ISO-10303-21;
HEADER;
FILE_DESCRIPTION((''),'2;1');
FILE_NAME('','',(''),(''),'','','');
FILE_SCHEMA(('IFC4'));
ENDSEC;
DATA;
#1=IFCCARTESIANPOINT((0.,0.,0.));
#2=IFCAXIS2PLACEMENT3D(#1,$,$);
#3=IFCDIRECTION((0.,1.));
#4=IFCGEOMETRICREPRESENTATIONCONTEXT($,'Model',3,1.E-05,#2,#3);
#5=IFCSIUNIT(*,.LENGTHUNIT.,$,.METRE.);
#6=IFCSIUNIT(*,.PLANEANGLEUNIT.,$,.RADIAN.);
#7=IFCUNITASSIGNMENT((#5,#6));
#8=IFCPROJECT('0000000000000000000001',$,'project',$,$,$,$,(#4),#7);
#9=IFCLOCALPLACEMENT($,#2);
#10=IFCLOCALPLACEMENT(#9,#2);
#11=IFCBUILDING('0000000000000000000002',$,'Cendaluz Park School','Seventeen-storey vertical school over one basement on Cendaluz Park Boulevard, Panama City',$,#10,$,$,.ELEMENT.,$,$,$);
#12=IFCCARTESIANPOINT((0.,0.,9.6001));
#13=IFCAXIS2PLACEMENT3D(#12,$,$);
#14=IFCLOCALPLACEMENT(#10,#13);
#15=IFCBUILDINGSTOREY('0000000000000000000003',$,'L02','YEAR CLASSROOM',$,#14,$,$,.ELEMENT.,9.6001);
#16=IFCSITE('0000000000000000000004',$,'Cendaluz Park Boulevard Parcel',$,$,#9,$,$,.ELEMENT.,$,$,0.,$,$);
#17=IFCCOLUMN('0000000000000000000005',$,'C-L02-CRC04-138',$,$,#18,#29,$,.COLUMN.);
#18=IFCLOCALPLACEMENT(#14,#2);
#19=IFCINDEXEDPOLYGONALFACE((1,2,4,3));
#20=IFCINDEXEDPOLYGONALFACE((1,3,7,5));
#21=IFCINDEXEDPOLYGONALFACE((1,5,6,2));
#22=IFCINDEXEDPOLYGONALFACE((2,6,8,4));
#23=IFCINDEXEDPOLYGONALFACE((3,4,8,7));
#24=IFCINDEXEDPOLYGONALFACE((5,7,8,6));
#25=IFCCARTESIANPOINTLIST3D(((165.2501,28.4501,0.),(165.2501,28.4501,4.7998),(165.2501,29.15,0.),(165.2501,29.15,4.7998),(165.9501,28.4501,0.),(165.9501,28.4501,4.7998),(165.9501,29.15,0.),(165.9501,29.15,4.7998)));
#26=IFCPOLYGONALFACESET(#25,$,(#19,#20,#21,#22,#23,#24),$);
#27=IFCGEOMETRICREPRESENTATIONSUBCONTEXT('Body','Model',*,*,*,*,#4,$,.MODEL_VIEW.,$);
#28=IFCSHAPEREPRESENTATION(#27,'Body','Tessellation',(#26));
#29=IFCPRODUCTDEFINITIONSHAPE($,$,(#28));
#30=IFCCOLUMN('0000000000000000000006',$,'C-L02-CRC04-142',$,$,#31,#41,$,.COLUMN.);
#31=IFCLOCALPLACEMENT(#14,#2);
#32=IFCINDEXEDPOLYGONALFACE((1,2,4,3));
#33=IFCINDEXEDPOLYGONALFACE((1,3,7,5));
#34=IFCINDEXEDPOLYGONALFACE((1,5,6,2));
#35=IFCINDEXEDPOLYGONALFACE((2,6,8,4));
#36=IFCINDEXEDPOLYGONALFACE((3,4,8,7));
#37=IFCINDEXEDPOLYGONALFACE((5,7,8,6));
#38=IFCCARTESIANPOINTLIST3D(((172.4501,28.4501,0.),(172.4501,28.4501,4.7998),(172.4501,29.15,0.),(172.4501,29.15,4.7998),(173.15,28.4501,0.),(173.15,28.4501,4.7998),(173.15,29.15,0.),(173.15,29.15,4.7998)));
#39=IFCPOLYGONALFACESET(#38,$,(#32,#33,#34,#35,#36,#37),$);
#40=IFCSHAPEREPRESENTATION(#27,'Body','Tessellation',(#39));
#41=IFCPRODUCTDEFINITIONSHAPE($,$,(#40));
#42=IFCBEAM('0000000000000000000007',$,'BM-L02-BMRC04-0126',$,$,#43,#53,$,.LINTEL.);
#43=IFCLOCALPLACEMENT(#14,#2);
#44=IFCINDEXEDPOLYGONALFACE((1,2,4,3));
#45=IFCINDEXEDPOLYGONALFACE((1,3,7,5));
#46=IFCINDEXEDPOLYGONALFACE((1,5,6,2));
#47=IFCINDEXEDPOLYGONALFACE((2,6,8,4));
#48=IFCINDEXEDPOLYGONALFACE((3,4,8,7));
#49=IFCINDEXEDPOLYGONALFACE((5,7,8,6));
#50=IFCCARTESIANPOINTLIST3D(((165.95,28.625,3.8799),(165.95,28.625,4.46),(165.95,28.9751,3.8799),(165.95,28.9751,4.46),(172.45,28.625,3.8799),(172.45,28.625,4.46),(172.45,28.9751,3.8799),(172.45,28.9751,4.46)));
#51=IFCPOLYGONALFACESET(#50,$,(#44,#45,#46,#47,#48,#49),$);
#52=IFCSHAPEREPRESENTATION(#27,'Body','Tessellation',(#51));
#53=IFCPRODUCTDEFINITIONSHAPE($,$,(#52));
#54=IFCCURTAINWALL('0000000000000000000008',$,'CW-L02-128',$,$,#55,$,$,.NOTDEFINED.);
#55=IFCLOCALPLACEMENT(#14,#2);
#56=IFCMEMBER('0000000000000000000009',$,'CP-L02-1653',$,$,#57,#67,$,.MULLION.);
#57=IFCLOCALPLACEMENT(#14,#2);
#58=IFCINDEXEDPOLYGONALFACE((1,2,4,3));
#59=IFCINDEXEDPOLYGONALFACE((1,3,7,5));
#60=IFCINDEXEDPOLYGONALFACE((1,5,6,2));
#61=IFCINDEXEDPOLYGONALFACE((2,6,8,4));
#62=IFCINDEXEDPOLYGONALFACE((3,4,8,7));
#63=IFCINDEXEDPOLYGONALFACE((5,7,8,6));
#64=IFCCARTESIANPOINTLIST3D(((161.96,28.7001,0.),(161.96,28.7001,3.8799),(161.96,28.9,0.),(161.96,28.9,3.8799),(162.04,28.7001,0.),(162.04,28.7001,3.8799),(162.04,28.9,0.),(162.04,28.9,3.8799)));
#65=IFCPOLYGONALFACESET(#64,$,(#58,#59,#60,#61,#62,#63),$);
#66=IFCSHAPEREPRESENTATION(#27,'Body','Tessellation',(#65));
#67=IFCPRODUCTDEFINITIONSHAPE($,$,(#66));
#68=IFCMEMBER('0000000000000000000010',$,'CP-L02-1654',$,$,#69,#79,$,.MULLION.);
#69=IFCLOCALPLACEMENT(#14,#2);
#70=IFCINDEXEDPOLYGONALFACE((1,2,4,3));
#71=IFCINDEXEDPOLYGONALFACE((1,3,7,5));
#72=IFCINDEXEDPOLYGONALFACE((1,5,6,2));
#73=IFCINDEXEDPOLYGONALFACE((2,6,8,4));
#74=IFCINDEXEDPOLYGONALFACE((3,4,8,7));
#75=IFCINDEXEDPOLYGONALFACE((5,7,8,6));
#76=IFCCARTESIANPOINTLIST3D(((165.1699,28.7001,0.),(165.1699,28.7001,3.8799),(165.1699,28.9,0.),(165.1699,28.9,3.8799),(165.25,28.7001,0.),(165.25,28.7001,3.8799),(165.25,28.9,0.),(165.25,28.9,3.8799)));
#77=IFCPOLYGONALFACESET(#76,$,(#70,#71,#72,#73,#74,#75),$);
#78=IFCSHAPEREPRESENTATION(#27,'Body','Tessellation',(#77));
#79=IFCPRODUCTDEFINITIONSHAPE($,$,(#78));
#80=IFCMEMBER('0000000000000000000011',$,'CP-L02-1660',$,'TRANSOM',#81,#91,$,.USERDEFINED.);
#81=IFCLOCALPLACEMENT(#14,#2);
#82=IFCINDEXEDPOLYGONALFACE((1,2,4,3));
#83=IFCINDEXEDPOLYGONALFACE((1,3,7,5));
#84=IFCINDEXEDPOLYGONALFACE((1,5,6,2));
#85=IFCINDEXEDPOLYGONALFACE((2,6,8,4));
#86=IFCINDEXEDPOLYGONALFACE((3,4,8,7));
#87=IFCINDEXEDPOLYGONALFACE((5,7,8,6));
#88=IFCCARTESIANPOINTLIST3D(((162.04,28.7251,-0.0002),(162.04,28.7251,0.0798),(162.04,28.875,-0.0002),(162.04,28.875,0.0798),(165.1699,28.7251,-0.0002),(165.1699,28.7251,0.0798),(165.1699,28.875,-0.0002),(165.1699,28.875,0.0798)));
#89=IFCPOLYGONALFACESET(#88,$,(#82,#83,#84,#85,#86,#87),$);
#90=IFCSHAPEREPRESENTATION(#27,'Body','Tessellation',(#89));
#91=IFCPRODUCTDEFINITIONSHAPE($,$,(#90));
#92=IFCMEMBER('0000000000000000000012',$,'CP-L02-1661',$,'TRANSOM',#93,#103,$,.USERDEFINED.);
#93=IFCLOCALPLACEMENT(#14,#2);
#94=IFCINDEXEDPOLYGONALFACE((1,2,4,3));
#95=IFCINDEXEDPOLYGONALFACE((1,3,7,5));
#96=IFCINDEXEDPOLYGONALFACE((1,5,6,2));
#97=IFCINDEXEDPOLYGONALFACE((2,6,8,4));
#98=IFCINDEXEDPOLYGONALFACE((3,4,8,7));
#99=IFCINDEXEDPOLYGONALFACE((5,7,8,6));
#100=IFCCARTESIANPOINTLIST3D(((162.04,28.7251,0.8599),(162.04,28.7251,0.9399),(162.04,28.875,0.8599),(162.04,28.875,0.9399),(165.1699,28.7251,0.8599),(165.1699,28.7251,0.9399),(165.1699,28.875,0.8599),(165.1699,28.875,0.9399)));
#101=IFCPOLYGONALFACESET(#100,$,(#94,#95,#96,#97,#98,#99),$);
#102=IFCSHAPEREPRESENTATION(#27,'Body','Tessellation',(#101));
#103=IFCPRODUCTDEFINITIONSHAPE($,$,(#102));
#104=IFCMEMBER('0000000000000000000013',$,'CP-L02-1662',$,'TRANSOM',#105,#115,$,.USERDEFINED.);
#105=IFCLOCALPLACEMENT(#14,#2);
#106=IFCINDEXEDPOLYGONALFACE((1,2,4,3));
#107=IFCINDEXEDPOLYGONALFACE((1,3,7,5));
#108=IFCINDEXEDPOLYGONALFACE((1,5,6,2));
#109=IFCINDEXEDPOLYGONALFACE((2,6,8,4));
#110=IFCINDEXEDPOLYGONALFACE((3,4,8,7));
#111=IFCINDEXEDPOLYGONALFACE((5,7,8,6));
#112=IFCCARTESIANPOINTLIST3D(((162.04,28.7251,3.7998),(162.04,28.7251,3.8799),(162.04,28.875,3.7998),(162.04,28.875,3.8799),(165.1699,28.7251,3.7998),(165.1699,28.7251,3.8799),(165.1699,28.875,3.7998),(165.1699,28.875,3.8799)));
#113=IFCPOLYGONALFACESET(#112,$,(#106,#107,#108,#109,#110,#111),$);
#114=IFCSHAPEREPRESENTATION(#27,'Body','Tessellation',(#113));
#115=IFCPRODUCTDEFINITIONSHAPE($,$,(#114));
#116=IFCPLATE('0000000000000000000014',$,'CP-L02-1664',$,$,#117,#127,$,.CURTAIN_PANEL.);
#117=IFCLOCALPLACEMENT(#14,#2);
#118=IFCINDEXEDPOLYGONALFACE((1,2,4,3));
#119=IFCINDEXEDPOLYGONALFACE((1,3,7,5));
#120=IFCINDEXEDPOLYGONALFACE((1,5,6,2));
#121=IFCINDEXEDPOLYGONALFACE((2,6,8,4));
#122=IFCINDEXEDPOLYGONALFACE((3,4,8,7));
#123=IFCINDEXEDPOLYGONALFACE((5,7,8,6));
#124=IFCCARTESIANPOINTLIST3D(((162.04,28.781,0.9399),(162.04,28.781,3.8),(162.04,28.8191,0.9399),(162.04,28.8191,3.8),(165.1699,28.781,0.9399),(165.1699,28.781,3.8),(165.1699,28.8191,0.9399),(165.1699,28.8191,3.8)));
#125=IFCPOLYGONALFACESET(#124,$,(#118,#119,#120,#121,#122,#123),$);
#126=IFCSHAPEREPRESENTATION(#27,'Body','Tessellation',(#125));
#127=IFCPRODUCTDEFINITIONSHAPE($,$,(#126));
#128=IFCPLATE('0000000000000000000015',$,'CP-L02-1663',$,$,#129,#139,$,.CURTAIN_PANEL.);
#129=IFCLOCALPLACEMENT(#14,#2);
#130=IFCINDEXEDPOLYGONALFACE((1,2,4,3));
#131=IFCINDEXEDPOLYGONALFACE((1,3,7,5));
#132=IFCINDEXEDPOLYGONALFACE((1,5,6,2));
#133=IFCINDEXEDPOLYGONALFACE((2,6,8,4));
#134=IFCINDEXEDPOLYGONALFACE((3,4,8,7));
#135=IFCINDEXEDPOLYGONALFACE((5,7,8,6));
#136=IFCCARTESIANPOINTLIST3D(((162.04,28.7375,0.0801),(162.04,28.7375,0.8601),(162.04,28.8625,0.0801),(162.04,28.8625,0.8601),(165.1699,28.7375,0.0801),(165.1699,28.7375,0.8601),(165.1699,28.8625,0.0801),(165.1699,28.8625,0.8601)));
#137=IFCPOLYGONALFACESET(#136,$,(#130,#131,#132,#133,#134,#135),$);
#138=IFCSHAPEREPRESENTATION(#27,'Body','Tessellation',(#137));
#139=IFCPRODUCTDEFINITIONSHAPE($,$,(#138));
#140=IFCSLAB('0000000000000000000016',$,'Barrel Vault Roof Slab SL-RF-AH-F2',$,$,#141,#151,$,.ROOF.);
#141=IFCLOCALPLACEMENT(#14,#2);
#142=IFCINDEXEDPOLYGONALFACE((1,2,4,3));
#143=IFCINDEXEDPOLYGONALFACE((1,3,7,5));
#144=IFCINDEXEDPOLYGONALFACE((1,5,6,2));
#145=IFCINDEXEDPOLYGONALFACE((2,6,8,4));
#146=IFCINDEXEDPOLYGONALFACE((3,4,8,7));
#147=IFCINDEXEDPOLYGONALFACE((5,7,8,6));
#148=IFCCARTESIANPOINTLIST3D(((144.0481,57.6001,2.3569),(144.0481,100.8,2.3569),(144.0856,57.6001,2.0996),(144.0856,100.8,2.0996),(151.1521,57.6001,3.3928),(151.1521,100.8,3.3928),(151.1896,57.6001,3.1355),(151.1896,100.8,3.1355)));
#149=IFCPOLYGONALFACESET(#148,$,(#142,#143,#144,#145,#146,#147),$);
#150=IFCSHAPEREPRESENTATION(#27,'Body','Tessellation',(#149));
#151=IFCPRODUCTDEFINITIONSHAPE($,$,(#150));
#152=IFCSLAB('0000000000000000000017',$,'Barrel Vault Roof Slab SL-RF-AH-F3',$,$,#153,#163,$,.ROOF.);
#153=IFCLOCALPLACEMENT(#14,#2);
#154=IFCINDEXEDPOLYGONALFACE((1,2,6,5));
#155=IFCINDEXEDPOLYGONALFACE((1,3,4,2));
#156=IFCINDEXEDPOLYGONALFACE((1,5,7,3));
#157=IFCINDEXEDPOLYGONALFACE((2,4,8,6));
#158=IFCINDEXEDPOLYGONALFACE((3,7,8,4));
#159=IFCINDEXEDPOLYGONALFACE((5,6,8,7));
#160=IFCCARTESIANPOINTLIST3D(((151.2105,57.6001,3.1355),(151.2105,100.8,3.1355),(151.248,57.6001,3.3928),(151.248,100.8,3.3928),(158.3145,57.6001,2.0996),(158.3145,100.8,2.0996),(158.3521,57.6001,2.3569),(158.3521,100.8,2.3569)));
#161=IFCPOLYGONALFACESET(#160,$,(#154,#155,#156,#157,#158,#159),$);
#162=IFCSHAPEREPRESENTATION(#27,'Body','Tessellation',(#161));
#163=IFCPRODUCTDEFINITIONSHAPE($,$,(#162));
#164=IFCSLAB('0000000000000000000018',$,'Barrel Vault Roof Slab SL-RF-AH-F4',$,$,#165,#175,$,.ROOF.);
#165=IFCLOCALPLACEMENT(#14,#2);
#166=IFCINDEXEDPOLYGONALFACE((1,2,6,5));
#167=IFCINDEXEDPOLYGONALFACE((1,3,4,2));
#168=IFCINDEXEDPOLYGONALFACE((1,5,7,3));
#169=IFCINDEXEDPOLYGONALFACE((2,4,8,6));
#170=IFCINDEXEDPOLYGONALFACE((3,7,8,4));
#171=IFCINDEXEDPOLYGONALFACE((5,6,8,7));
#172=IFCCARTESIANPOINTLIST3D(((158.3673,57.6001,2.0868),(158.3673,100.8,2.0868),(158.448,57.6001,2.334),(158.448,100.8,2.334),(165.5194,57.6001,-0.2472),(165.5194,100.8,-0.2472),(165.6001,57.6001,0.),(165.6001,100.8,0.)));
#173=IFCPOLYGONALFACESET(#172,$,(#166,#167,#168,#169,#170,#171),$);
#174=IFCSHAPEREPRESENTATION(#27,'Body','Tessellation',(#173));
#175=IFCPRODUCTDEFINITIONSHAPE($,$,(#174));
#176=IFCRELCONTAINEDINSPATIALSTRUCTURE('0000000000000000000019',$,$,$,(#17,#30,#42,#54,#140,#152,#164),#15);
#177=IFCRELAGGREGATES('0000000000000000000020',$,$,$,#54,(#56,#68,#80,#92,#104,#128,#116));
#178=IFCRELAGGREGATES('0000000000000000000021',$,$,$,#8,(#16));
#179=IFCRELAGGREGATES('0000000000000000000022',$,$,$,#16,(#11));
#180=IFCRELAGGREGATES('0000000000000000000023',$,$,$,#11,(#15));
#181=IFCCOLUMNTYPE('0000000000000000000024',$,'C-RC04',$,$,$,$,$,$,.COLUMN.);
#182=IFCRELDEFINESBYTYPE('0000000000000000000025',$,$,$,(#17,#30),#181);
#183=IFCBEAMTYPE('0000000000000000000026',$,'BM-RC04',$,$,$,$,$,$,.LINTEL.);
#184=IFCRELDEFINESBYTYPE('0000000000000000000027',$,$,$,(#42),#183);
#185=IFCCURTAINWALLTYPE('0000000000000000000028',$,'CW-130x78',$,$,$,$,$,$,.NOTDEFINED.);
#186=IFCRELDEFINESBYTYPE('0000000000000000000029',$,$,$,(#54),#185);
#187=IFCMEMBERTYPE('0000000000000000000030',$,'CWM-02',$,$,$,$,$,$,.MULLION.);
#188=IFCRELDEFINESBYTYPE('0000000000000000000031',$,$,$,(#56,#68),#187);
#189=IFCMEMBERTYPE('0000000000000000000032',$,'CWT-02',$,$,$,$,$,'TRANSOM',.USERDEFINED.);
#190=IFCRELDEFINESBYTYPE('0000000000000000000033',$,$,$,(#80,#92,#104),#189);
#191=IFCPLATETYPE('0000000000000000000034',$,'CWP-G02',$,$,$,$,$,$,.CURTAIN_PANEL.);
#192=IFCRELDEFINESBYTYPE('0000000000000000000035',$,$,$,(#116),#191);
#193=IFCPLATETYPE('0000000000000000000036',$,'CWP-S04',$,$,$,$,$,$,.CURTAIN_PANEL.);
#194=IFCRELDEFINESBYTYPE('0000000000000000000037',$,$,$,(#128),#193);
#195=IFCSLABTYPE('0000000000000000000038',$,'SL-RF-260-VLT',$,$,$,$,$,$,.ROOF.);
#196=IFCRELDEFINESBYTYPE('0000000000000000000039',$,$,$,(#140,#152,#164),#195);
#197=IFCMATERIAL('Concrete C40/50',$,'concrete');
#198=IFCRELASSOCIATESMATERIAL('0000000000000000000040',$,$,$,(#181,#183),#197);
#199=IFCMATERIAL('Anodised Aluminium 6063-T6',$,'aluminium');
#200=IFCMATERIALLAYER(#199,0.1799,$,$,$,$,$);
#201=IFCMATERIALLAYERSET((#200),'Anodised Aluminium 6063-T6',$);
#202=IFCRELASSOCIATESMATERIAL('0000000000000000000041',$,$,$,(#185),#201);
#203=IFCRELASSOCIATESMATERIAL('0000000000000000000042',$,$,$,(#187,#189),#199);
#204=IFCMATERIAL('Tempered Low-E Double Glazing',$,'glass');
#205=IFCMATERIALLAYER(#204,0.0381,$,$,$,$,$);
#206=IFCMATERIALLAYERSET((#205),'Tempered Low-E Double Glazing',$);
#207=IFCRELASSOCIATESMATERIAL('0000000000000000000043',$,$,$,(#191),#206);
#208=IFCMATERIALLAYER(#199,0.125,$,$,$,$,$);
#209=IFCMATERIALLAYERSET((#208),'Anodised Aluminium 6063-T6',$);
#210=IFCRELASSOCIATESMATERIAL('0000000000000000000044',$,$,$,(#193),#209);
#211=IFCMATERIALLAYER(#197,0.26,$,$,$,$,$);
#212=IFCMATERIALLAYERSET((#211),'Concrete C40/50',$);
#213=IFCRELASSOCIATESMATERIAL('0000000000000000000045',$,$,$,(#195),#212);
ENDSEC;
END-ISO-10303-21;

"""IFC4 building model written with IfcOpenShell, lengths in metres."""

from ifc_helpers import new_model, si_unit, direction, frame, origin, origin_2d, place, context, subcontext, project, spatial, polyline, rectangle, outline, extrude, material, layer, layer_set, material_profile, profile_set, type_object, element, aggregate, save


model = new_model("IFC4")

# Units and contexts
model_context = context("Model", 3, precision=1e-05, world=origin(), true_north=direction((0.0, 1.0)))
body_context = subcontext(model_context, "Body", "Model", "MODEL_VIEW")
ifc_project = project(units=[si_unit("LENGTHUNIT", "METRE"), si_unit("PLANEANGLEUNIT", "RADIAN")], contexts=[model_context])

# Site, building, storey
site_placement = place(None, origin())
site = spatial("IfcSite", under=ifc_project, at=site_placement, Name="Cendaluz Park Boulevard Parcel", CompositionType="ELEMENT", RefElevation=0.0)
building_placement = place(site_placement, origin())
building = spatial("IfcBuilding", under=site, at=building_placement, Name="Cendaluz Park School", Description="Seventeen-storey vertical school over one basement on Cendaluz Park Boulevard, Panama City", CompositionType="ELEMENT")
storey_placement = place(building_placement, frame((0.0, 0.0, 9.6001)))
storey = spatial("IfcBuildingStorey", under=building, at=storey_placement, Name="L02", Description="YEAR CLASSROOM", CompositionType="ELEMENT", Elevation=9.6001)

# Columns
ifc_material_1 = material(Name="Concrete C40/50", Category="concrete")
ifc_material_profile_1 = material_profile(ifc_material_1, rectangle(XDim=0.7, YDim=0.7, at=origin_2d()), Name="RC 700x700", Category="concrete")
ifc_profile_set_1 = profile_set([ifc_material_profile_1], Name="Concrete C40/50")
column_type = type_object("IfcColumnType", Name="C-RC04", PredefinedType="COLUMN", material=ifc_profile_set_1)
for number, where, z_axis, x_axis, name in (
    (1, (165.6001, 28.8, 0.0), (0.0, 0.0, 1.0), (1.0, 0.0, 0.0), "C-L02-CRC04-138"),
    (2, (172.8, 28.8, 0.0), (0.0, 0.0, 1.0), (1.0, 0.0, 0.0), "C-L02-CRC04-142"),
):
    element("IfcColumn", number, at=place(storey_placement, frame(where, z_axis=z_axis, x_axis=x_axis)), inside=storey, type_object=column_type, Name=name, PredefinedType="COLUMN", context=body_context, shape_type="SweptSolid", body=[
        extrude(rectangle(XDim=0.7, YDim=0.7, at=origin_2d()), origin(), (0.0, 0.0, 1.0), 4.7998),
    ])

# Beam
ifc_material_profile_2 = material_profile(ifc_material_1, rectangle(XDim=0.3501, YDim=0.5801, at=origin_2d()), Name="RC 350x580", Category="concrete")
ifc_profile_set_2 = profile_set([ifc_material_profile_2], Name="Concrete C40/50")
beam_type = type_object("IfcBeamType", Name="BM-RC04", PredefinedType="LINTEL", material=ifc_profile_set_2)
beam_placement = place(storey_placement, frame((165.95, 28.8, 4.1699), z_axis=(1.0, 0.0, 0.0), x_axis=(0.0, 1.0, 0.0)))
element("IfcBeam", 3, at=beam_placement, inside=storey, type_object=beam_type, Name="BM-L02-BMRC04-0126", PredefinedType="LINTEL", context=body_context, shape_type="SweptSolid", body=[
    extrude(rectangle(XDim=0.3501, YDim=0.5801, at=origin_2d()), origin(), (0.0, 0.0, 1.0), 6.5),
])

# Curtain wall, members, plates
ifc_material_2 = material(Name="Anodised Aluminium 6063-T6", Category="aluminium")
ifc_layer_1 = layer(ifc_material_2, 0.1799)
ifc_layer_set_1 = layer_set([ifc_layer_1], Name="Anodised Aluminium 6063-T6")
curtain_wall_type = type_object("IfcCurtainWallType", Name="CW-130x78", PredefinedType="NOTDEFINED", material=ifc_layer_set_1)
curtain_wall_placement = place(storey_placement, origin())
curtain_wall = element("IfcCurtainWall", 4, at=curtain_wall_placement, inside=storey, type_object=curtain_wall_type, Name="CW-L02-128", PredefinedType="NOTDEFINED")
ifc_material_profile_3 = material_profile(ifc_material_2, rectangle(XDim=0.2, YDim=0.0801, at=origin_2d()), Name="CWM 200x80", Category="aluminium")
ifc_profile_set_3 = profile_set([ifc_material_profile_3], Name="Anodised Aluminium 6063-T6")
member_type_1 = type_object("IfcMemberType", Name="CWM-02", PredefinedType="MULLION", material=ifc_profile_set_3)
member_1_placement = place(storey_placement, frame((162.0, 28.8, 0.0), z_axis=(0.0, 0.0, 1.0), x_axis=(0.0, 1.0, 0.0)))
member_1 = element("IfcMember", 5, at=member_1_placement, type_object=member_type_1, Name="CP-L02-1653", PredefinedType="MULLION", context=body_context, shape_type="SweptSolid", body=[
    extrude(rectangle(XDim=0.2, YDim=0.0801, at=origin_2d()), origin(), (0.0, 0.0, 1.0), 3.8799),
])
member_2_placement = place(storey_placement, frame((165.21, 28.8, 0.0), z_axis=(0.0, 0.0, 1.0), x_axis=(0.0, 1.0, 0.0)))
member_2 = element("IfcMember", 6, at=member_2_placement, type_object=member_type_1, Name="CP-L02-1654", PredefinedType="MULLION", context=body_context, shape_type="SweptSolid", body=[
    extrude(rectangle(XDim=0.2, YDim=0.0801, at=origin_2d()), origin(), (0.0, 0.0, 1.0), 3.8799),
])
ifc_material_profile_4 = material_profile(ifc_material_2, rectangle(XDim=0.1499, YDim=0.0801, at=origin_2d()), Name="CWT 150x80", Category="aluminium")
ifc_profile_set_4 = profile_set([ifc_material_profile_4], Name="Anodised Aluminium 6063-T6")
member_type_2 = type_object("IfcMemberType", Name="CWT-02", ElementType="TRANSOM", PredefinedType="USERDEFINED", material=ifc_profile_set_4)
member_3_placement = place(storey_placement, frame((162.04, 28.8, 0.0398), z_axis=(1.0, 0.0, 0.0), x_axis=(0.0, 1.0, 0.0)))
member_3 = element("IfcMember", 7, at=member_3_placement, type_object=member_type_2, Name="CP-L02-1660", ObjectType="TRANSOM", PredefinedType="USERDEFINED", context=body_context, shape_type="SweptSolid", body=[
    extrude(rectangle(XDim=0.1499, YDim=0.0801, at=origin_2d()), origin(), (0.0, 0.0, 1.0), 3.1299),
])
member_4_placement = place(storey_placement, frame((162.04, 28.8, 0.8999), z_axis=(1.0, 0.0, 0.0), x_axis=(0.0, 1.0, 0.0)))
member_4 = element("IfcMember", 8, at=member_4_placement, type_object=member_type_2, Name="CP-L02-1661", ObjectType="TRANSOM", PredefinedType="USERDEFINED", context=body_context, shape_type="SweptSolid", body=[
    extrude(rectangle(XDim=0.1499, YDim=0.0801, at=origin_2d()), origin(), (0.0, 0.0, 1.0), 3.1299),
])
member_5_placement = place(storey_placement, frame((162.04, 28.8, 3.8398), z_axis=(1.0, 0.0, 0.0), x_axis=(0.0, 1.0, 0.0)))
member_5 = element("IfcMember", 9, at=member_5_placement, type_object=member_type_2, Name="CP-L02-1662", ObjectType="TRANSOM", PredefinedType="USERDEFINED", context=body_context, shape_type="SweptSolid", body=[
    extrude(rectangle(XDim=0.1499, YDim=0.0801, at=origin_2d()), origin(), (0.0, 0.0, 1.0), 3.1299),
])
ifc_material_3 = material(Name="Tempered Low-E Double Glazing", Category="glass")
ifc_layer_2 = layer(ifc_material_3, 0.0381)
ifc_layer_set_2 = layer_set([ifc_layer_2], Name="Tempered Low-E Double Glazing")
plate_type_1 = type_object("IfcPlateType", Name="CWP-G02", PredefinedType="CURTAIN_PANEL", material=ifc_layer_set_2)
plate_1_placement = place(storey_placement, frame((163.605, 28.8, 0.9399), z_axis=(0.0, 0.0, 1.0), x_axis=(1.0, 0.0, 0.0)))
plate_1 = element("IfcPlate", 10, at=plate_1_placement, type_object=plate_type_1, Name="CP-L02-1664", PredefinedType="CURTAIN_PANEL", context=body_context, shape_type="SweptSolid", body=[
    extrude(rectangle(XDim=3.1299, YDim=0.0381, at=origin_2d()), origin(), (0.0, 0.0, 1.0), 2.8601),
])
ifc_layer_3 = layer(ifc_material_2, 0.125)
ifc_layer_set_3 = layer_set([ifc_layer_3], Name="Anodised Aluminium 6063-T6")
plate_type_2 = type_object("IfcPlateType", Name="CWP-S04", PredefinedType="CURTAIN_PANEL", material=ifc_layer_set_3)
plate_2_placement = place(storey_placement, frame((163.605, 28.8, 0.0801), z_axis=(0.0, 0.0, 1.0), x_axis=(1.0, 0.0, 0.0)))
plate_2 = element("IfcPlate", 11, at=plate_2_placement, type_object=plate_type_2, Name="CP-L02-1663", PredefinedType="CURTAIN_PANEL", context=body_context, shape_type="SweptSolid", body=[
    extrude(rectangle(XDim=3.1299, YDim=0.125, at=origin_2d()), origin(), (0.0, 0.0, 1.0), 0.78),
])
aggregate(curtain_wall, [member_1, member_2, member_3, member_4, member_5, plate_2, plate_1])

# Slabs
ifc_layer_4 = layer(ifc_material_1, 0.26)
ifc_layer_set_4 = layer_set([ifc_layer_4], Name="Concrete C40/50")
slab_type = type_object("IfcSlabType", Name="SL-RF-260-VLT", PredefinedType="ROOF", material=ifc_layer_set_4)
for number, where, z_axis, x_axis, name in (
    (12, (144.0481, 57.6001, 2.3569), (-0.144292, 0.0, 0.989535), (0.989535, 0.0, 0.144292), "Barrel Vault Roof Slab SL-RF-AH-F2"),
    (13, (151.248, 57.6001, 3.3928), (0.144292, 0.0, 0.989535), (0.989535, 0.0, -0.144292), "Barrel Vault Roof Slab SL-RF-AH-F3"),
):
    element("IfcSlab", number, at=place(storey_placement, frame(where, z_axis=z_axis, x_axis=x_axis)), inside=storey, type_object=slab_type, Name=name, PredefinedType="ROOF", context=body_context, shape_type="SweptSolid", body=[
        extrude(outline(polyline([(0.0, 0.0), (7.1791, 0.0), (7.1791, 43.2), (0.0, 43.2), (0.0, 0.0)])), origin(), (0.0, 0.0, -1.0), 0.26),
    ])
slab_placement = place(storey_placement, frame((158.448, 57.6001, 2.334), z_axis=(0.310234, 0.0, 0.95066), x_axis=(0.95066, 0.0, -0.310234)))
element("IfcSlab", 14, at=slab_placement, inside=storey, type_object=slab_type, Name="Barrel Vault Roof Slab SL-RF-AH-F4", PredefinedType="ROOF", context=body_context, shape_type="SweptSolid", body=[
    extrude(outline(polyline([(0.0, 0.0), (7.5233, 0.0), (7.5233, 43.2), (0.0, 43.2), (0.0, 0.0)])), origin(), (0.0, 0.0, -1.0), 0.26),
])

save(model, "model.ifc")
